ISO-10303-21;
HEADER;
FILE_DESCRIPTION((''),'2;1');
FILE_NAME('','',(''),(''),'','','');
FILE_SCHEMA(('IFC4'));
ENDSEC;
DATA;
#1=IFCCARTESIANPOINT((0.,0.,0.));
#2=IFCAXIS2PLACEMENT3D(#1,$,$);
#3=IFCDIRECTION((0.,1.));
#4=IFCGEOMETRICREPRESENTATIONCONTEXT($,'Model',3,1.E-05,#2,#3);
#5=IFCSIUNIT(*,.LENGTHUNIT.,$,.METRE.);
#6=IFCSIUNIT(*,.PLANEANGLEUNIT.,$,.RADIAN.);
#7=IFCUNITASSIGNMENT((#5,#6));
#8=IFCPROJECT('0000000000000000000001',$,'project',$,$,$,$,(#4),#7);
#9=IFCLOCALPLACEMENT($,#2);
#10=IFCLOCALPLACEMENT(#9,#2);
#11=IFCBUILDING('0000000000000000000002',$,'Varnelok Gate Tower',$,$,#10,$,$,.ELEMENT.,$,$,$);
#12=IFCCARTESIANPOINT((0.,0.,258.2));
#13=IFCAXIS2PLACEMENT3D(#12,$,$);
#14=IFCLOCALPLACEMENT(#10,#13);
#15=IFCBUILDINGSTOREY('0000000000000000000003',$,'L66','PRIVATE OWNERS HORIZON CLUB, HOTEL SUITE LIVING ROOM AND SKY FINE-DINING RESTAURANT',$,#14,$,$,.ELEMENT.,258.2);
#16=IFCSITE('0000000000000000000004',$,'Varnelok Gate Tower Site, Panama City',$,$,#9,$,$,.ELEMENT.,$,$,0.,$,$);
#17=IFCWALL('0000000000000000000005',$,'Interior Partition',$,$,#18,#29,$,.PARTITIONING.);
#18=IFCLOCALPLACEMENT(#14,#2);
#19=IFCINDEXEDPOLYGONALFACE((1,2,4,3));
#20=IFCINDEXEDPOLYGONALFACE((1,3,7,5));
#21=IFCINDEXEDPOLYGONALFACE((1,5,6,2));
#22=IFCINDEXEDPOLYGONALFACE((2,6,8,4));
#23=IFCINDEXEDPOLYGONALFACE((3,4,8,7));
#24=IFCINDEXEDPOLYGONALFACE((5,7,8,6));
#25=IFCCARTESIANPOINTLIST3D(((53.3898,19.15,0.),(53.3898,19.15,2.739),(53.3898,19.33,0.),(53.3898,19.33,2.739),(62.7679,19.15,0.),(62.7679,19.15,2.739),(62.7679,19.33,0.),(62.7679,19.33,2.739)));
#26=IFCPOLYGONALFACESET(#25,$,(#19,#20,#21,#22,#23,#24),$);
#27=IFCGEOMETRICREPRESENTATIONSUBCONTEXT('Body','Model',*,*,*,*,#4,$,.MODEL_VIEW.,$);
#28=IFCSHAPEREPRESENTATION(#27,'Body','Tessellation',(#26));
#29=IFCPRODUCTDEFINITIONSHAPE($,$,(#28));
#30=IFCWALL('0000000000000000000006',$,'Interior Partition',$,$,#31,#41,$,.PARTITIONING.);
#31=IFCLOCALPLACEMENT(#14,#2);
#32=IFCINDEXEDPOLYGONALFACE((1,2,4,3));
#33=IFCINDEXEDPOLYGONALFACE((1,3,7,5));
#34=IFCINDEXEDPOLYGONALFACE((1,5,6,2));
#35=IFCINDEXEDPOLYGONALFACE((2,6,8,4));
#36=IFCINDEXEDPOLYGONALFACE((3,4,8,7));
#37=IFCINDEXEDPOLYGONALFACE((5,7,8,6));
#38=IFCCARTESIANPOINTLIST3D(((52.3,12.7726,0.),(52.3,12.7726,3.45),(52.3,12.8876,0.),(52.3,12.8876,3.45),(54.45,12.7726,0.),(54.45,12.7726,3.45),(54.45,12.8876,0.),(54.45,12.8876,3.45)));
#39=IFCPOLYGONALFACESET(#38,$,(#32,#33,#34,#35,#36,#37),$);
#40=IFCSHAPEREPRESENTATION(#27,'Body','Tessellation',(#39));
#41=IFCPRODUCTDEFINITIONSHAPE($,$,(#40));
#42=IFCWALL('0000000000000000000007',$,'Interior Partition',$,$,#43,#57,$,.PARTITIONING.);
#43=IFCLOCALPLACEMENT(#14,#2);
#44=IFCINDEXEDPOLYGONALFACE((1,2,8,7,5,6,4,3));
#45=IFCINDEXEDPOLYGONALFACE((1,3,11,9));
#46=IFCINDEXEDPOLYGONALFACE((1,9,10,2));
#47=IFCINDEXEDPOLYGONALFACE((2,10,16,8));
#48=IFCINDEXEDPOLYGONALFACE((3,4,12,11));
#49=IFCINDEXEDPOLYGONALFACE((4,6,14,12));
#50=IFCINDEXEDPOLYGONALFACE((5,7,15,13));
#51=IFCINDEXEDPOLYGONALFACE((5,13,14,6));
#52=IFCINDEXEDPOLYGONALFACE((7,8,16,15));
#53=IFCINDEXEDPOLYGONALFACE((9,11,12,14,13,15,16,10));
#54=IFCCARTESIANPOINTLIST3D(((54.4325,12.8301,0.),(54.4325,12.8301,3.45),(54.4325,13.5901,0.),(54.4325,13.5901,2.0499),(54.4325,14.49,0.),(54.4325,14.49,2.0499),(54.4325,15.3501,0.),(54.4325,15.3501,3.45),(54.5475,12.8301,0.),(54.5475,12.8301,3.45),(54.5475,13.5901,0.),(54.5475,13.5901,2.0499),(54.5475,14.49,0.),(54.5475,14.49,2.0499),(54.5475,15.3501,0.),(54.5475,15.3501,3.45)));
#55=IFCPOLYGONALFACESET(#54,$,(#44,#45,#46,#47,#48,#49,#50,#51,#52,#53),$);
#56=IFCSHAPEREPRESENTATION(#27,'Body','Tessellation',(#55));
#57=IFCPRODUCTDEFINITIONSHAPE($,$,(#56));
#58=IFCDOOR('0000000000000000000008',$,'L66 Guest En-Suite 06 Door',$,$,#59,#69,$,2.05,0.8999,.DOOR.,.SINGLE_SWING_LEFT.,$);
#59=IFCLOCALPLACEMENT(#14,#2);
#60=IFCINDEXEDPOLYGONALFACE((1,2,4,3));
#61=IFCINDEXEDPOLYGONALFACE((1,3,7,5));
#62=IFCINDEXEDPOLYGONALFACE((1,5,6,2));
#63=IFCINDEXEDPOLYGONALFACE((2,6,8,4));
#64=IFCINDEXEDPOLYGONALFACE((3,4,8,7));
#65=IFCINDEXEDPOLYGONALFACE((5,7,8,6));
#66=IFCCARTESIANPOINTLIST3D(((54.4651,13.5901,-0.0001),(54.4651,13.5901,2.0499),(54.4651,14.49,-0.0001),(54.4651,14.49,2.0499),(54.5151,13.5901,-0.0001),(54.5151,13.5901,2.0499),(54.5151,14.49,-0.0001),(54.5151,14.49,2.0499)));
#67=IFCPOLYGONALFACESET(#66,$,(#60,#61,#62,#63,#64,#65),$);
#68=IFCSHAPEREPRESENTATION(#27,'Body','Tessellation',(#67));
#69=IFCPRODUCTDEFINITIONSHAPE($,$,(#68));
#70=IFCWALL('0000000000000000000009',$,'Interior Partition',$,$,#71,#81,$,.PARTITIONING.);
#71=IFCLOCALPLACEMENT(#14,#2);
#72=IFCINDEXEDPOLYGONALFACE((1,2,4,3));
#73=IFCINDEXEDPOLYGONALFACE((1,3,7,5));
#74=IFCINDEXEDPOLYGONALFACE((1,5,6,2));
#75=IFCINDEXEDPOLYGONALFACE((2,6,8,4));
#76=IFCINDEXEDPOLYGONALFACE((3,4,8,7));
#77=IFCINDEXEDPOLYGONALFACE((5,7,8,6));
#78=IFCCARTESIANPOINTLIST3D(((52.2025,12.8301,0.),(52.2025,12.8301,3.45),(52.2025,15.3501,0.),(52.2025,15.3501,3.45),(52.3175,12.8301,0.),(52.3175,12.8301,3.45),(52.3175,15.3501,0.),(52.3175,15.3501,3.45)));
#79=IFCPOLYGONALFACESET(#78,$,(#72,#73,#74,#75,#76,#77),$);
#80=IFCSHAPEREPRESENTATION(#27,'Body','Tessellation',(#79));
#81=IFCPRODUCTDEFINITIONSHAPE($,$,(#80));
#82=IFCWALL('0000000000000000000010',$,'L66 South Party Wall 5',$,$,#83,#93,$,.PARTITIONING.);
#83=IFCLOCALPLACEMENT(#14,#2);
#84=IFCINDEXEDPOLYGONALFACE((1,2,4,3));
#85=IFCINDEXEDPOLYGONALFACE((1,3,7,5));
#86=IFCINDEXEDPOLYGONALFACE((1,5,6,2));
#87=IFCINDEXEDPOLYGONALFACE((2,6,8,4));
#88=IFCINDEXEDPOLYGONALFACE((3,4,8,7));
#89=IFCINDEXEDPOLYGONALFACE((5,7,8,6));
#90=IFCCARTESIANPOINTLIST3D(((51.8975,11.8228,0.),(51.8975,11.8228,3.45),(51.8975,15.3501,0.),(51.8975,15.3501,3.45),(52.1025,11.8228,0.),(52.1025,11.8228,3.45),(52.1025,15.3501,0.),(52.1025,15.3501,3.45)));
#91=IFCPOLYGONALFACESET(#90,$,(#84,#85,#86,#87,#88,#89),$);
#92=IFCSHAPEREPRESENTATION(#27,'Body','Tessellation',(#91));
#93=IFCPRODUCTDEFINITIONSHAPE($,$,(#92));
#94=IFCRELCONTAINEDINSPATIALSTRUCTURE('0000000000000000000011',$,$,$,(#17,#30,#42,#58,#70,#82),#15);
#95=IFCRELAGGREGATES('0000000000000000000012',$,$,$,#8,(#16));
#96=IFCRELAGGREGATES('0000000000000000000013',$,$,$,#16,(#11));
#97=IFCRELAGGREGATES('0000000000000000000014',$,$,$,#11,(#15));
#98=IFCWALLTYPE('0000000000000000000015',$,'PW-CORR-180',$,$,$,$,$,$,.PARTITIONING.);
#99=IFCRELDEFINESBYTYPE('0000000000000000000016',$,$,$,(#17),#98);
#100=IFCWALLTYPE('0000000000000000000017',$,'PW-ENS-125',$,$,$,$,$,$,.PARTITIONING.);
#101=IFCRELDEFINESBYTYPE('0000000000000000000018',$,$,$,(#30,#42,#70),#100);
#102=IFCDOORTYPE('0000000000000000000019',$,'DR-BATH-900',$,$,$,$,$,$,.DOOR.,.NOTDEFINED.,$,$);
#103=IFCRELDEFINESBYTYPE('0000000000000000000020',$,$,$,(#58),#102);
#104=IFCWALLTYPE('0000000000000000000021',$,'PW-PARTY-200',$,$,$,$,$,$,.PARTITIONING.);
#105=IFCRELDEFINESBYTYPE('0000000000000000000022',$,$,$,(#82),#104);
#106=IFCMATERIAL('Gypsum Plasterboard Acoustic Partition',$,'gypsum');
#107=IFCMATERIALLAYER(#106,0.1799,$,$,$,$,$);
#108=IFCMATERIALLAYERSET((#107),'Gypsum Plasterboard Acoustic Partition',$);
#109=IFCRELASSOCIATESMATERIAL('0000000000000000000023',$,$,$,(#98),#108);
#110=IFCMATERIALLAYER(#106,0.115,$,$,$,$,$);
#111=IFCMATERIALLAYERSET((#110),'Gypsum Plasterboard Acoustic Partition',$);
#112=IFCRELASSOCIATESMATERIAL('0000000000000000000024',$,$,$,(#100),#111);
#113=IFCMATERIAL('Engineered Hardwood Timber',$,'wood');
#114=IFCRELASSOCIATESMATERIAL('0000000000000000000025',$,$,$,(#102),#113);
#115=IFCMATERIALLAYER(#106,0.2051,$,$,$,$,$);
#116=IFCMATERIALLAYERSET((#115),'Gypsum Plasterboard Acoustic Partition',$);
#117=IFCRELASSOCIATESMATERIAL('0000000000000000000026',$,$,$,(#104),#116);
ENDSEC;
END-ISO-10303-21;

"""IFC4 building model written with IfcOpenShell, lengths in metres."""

from ifc_helpers import new_model, si_unit, direction, frame, frame_2d, origin, place, context, subcontext, project, spatial, rectangle, extrude, material, layer, layer_set, type_object, element, fill, save


model = new_model("IFC4")

# Units and contexts
model_context = context("Model", 3, precision=1e-05, world=origin(), true_north=direction((0.0, 1.0)))
body_context = subcontext(model_context, "Body", "Model", "MODEL_VIEW")
ifc_project = project(units=[si_unit("LENGTHUNIT", "METRE"), si_unit("PLANEANGLEUNIT", "RADIAN")], contexts=[model_context])

# Site, building, storey
site_placement = place(None, origin())
site = spatial("IfcSite", under=ifc_project, at=site_placement, Name="Varnelok Gate Tower Site, Panama City", CompositionType="ELEMENT", RefElevation=0.0)
building_placement = place(site_placement, origin())
building = spatial("IfcBuilding", under=site, at=building_placement, Name="Varnelok Gate Tower", CompositionType="ELEMENT")
storey_placement = place(building_placement, frame((0.0, 0.0, 258.2)))
storey = spatial("IfcBuildingStorey", under=building, at=storey_placement, Name="L66", Description="PRIVATE OWNERS HORIZON CLUB, HOTEL SUITE LIVING ROOM AND SKY FINE-DINING RESTAURANT", CompositionType="ELEMENT", Elevation=258.2)

# Shared definitions
ifc_material_1 = material(Name="Gypsum Plasterboard Acoustic Partition", Category="gypsum")
ifc_layer_1 = layer(ifc_material_1, 0.1799)
ifc_layer_set_1 = layer_set([ifc_layer_1], Name="Gypsum Plasterboard Acoustic Partition")
wall_type_1 = type_object("IfcWallType", Name="PW-CORR-180", PredefinedType="PARTITIONING", material=ifc_layer_set_1)
ifc_material_2 = material(Name="Engineered Hardwood Timber", Category="wood")

# Walls
wall_1_placement = place(storey_placement, frame((53.3899, 19.24, 0.0), z_axis=(0.0, 0.0, 1.0), x_axis=(1.0, 0.0, 0.0)))
element("IfcWall", 1, at=wall_1_placement, inside=storey, type_object=wall_type_1, Name="Interior Partition", PredefinedType="PARTITIONING", context=body_context, shape_type="SweptSolid", body=[
    extrude(rectangle(XDim=9.3782, YDim=0.1799, at=frame_2d((4.689, 0.0))), origin(), (0.0, 0.0, 1.0), 2.739),
])
ifc_layer_2 = layer(ifc_material_1, 0.115)
ifc_layer_set_2 = layer_set([ifc_layer_2], Name="Gypsum Plasterboard Acoustic Partition")
wall_type_2 = type_object("IfcWallType", Name="PW-ENS-125", PredefinedType="PARTITIONING", material=ifc_layer_set_2)
wall_2_placement = place(storey_placement, frame((52.3, 12.8301, 0.0), z_axis=(0.0, 0.0, 1.0), x_axis=(1.0, 0.0, 0.0)))
element("IfcWall", 2, at=wall_2_placement, inside=storey, type_object=wall_type_2, Name="Interior Partition", PredefinedType="PARTITIONING", context=body_context, shape_type="SweptSolid", body=[
    extrude(rectangle(XDim=2.1499, YDim=0.115, at=frame_2d((1.075, 0.0))), origin(), (0.0, 0.0, 1.0), 3.45),
])

# Wall, opening, door
wall_3_placement = place(storey_placement, frame((54.49, 12.8301, 0.0), z_axis=(0.0, 0.0, 1.0), x_axis=(0.0, 1.0, 0.0)))
wall_3 = element("IfcWall", 3, at=wall_3_placement, inside=storey, type_object=wall_type_2, Name="Interior Partition", PredefinedType="PARTITIONING", context=body_context, shape_type="SweptSolid", body=[
    extrude(rectangle(XDim=2.52, YDim=0.115, at=frame_2d((1.26, 0.0))), origin(), (0.0, 0.0, 1.0), 3.45),
])
opening_1_placement = place(wall_3_placement, frame((0.76, 0.0, 0.0)))
opening_1 = element("IfcOpeningElement", 4, at=opening_1_placement, cuts=wall_3, PredefinedType="OPENING", context=body_context, shape_type="SweptSolid", body=[
    extrude(rectangle(XDim=0.8999, YDim=2.05, at=frame_2d((0.45, 1.0249))), frame((0.0, 0.0674, 0.0), z_axis=(0.0, -1.0, 0.0), x_axis=(1.0, 0.0, 0.0)), (0.0, 0.0, 1.0), 0.135),
])
door_type_1 = type_object("IfcDoorType", Name="DR-BATH-900", OperationType="NOTDEFINED", PredefinedType="DOOR", material=ifc_material_2)
door_1_placement = place(opening_1_placement, origin())
door_1 = element("IfcDoor", 5, at=door_1_placement, inside=storey, type_object=door_type_1, Name="L66 Guest En-Suite 06 Door", OperationType="SINGLE_SWING_LEFT", OverallHeight=2.05, OverallWidth=0.8999, PredefinedType="DOOR", context=body_context, shape_type="SweptSolid", body=[
    extrude(rectangle(XDim=0.8999, YDim=2.05, at=frame_2d((0.45, 1.0249))), frame((0.0, 0.0249, 0.0), z_axis=(0.0, -1.0, 0.0), x_axis=(1.0, 0.0, 0.0)), (0.0, 0.0, 1.0), 0.05),
])
fill(opening_1, door_1)

# Walls
wall_4_placement = place(storey_placement, frame((52.26, 12.8301, 0.0), z_axis=(0.0, 0.0, 1.0), x_axis=(0.0, 1.0, 0.0)))
element("IfcWall", 6, at=wall_4_placement, inside=storey, type_object=wall_type_2, Name="Interior Partition", PredefinedType="PARTITIONING", context=body_context, shape_type="SweptSolid", body=[
    extrude(rectangle(XDim=2.52, YDim=0.115, at=frame_2d((1.26, 0.0))), origin(), (0.0, 0.0, 1.0), 3.45),
])
ifc_layer_3 = layer(ifc_material_1, 0.2051)
ifc_layer_set_3 = layer_set([ifc_layer_3], Name="Gypsum Plasterboard Acoustic Partition")
wall_type_3 = type_object("IfcWallType", Name="PW-PARTY-200", PredefinedType="PARTITIONING", material=ifc_layer_set_3)
wall_5_placement = place(storey_placement, frame((52.0, 11.8228, 0.0), z_axis=(0.0, 0.0, 1.0), x_axis=(0.0, 1.0, 0.0)))
element("IfcWall", 7, at=wall_5_placement, inside=storey, type_object=wall_type_3, Name="L66 South Party Wall 5", PredefinedType="PARTITIONING", context=body_context, shape_type="SweptSolid", body=[
    extrude(rectangle(XDim=3.5273, YDim=0.2051, at=frame_2d((1.7637, 0.0))), origin(), (0.0, 0.0, 1.0), 3.45),
])

save(model, "model.ifc")
